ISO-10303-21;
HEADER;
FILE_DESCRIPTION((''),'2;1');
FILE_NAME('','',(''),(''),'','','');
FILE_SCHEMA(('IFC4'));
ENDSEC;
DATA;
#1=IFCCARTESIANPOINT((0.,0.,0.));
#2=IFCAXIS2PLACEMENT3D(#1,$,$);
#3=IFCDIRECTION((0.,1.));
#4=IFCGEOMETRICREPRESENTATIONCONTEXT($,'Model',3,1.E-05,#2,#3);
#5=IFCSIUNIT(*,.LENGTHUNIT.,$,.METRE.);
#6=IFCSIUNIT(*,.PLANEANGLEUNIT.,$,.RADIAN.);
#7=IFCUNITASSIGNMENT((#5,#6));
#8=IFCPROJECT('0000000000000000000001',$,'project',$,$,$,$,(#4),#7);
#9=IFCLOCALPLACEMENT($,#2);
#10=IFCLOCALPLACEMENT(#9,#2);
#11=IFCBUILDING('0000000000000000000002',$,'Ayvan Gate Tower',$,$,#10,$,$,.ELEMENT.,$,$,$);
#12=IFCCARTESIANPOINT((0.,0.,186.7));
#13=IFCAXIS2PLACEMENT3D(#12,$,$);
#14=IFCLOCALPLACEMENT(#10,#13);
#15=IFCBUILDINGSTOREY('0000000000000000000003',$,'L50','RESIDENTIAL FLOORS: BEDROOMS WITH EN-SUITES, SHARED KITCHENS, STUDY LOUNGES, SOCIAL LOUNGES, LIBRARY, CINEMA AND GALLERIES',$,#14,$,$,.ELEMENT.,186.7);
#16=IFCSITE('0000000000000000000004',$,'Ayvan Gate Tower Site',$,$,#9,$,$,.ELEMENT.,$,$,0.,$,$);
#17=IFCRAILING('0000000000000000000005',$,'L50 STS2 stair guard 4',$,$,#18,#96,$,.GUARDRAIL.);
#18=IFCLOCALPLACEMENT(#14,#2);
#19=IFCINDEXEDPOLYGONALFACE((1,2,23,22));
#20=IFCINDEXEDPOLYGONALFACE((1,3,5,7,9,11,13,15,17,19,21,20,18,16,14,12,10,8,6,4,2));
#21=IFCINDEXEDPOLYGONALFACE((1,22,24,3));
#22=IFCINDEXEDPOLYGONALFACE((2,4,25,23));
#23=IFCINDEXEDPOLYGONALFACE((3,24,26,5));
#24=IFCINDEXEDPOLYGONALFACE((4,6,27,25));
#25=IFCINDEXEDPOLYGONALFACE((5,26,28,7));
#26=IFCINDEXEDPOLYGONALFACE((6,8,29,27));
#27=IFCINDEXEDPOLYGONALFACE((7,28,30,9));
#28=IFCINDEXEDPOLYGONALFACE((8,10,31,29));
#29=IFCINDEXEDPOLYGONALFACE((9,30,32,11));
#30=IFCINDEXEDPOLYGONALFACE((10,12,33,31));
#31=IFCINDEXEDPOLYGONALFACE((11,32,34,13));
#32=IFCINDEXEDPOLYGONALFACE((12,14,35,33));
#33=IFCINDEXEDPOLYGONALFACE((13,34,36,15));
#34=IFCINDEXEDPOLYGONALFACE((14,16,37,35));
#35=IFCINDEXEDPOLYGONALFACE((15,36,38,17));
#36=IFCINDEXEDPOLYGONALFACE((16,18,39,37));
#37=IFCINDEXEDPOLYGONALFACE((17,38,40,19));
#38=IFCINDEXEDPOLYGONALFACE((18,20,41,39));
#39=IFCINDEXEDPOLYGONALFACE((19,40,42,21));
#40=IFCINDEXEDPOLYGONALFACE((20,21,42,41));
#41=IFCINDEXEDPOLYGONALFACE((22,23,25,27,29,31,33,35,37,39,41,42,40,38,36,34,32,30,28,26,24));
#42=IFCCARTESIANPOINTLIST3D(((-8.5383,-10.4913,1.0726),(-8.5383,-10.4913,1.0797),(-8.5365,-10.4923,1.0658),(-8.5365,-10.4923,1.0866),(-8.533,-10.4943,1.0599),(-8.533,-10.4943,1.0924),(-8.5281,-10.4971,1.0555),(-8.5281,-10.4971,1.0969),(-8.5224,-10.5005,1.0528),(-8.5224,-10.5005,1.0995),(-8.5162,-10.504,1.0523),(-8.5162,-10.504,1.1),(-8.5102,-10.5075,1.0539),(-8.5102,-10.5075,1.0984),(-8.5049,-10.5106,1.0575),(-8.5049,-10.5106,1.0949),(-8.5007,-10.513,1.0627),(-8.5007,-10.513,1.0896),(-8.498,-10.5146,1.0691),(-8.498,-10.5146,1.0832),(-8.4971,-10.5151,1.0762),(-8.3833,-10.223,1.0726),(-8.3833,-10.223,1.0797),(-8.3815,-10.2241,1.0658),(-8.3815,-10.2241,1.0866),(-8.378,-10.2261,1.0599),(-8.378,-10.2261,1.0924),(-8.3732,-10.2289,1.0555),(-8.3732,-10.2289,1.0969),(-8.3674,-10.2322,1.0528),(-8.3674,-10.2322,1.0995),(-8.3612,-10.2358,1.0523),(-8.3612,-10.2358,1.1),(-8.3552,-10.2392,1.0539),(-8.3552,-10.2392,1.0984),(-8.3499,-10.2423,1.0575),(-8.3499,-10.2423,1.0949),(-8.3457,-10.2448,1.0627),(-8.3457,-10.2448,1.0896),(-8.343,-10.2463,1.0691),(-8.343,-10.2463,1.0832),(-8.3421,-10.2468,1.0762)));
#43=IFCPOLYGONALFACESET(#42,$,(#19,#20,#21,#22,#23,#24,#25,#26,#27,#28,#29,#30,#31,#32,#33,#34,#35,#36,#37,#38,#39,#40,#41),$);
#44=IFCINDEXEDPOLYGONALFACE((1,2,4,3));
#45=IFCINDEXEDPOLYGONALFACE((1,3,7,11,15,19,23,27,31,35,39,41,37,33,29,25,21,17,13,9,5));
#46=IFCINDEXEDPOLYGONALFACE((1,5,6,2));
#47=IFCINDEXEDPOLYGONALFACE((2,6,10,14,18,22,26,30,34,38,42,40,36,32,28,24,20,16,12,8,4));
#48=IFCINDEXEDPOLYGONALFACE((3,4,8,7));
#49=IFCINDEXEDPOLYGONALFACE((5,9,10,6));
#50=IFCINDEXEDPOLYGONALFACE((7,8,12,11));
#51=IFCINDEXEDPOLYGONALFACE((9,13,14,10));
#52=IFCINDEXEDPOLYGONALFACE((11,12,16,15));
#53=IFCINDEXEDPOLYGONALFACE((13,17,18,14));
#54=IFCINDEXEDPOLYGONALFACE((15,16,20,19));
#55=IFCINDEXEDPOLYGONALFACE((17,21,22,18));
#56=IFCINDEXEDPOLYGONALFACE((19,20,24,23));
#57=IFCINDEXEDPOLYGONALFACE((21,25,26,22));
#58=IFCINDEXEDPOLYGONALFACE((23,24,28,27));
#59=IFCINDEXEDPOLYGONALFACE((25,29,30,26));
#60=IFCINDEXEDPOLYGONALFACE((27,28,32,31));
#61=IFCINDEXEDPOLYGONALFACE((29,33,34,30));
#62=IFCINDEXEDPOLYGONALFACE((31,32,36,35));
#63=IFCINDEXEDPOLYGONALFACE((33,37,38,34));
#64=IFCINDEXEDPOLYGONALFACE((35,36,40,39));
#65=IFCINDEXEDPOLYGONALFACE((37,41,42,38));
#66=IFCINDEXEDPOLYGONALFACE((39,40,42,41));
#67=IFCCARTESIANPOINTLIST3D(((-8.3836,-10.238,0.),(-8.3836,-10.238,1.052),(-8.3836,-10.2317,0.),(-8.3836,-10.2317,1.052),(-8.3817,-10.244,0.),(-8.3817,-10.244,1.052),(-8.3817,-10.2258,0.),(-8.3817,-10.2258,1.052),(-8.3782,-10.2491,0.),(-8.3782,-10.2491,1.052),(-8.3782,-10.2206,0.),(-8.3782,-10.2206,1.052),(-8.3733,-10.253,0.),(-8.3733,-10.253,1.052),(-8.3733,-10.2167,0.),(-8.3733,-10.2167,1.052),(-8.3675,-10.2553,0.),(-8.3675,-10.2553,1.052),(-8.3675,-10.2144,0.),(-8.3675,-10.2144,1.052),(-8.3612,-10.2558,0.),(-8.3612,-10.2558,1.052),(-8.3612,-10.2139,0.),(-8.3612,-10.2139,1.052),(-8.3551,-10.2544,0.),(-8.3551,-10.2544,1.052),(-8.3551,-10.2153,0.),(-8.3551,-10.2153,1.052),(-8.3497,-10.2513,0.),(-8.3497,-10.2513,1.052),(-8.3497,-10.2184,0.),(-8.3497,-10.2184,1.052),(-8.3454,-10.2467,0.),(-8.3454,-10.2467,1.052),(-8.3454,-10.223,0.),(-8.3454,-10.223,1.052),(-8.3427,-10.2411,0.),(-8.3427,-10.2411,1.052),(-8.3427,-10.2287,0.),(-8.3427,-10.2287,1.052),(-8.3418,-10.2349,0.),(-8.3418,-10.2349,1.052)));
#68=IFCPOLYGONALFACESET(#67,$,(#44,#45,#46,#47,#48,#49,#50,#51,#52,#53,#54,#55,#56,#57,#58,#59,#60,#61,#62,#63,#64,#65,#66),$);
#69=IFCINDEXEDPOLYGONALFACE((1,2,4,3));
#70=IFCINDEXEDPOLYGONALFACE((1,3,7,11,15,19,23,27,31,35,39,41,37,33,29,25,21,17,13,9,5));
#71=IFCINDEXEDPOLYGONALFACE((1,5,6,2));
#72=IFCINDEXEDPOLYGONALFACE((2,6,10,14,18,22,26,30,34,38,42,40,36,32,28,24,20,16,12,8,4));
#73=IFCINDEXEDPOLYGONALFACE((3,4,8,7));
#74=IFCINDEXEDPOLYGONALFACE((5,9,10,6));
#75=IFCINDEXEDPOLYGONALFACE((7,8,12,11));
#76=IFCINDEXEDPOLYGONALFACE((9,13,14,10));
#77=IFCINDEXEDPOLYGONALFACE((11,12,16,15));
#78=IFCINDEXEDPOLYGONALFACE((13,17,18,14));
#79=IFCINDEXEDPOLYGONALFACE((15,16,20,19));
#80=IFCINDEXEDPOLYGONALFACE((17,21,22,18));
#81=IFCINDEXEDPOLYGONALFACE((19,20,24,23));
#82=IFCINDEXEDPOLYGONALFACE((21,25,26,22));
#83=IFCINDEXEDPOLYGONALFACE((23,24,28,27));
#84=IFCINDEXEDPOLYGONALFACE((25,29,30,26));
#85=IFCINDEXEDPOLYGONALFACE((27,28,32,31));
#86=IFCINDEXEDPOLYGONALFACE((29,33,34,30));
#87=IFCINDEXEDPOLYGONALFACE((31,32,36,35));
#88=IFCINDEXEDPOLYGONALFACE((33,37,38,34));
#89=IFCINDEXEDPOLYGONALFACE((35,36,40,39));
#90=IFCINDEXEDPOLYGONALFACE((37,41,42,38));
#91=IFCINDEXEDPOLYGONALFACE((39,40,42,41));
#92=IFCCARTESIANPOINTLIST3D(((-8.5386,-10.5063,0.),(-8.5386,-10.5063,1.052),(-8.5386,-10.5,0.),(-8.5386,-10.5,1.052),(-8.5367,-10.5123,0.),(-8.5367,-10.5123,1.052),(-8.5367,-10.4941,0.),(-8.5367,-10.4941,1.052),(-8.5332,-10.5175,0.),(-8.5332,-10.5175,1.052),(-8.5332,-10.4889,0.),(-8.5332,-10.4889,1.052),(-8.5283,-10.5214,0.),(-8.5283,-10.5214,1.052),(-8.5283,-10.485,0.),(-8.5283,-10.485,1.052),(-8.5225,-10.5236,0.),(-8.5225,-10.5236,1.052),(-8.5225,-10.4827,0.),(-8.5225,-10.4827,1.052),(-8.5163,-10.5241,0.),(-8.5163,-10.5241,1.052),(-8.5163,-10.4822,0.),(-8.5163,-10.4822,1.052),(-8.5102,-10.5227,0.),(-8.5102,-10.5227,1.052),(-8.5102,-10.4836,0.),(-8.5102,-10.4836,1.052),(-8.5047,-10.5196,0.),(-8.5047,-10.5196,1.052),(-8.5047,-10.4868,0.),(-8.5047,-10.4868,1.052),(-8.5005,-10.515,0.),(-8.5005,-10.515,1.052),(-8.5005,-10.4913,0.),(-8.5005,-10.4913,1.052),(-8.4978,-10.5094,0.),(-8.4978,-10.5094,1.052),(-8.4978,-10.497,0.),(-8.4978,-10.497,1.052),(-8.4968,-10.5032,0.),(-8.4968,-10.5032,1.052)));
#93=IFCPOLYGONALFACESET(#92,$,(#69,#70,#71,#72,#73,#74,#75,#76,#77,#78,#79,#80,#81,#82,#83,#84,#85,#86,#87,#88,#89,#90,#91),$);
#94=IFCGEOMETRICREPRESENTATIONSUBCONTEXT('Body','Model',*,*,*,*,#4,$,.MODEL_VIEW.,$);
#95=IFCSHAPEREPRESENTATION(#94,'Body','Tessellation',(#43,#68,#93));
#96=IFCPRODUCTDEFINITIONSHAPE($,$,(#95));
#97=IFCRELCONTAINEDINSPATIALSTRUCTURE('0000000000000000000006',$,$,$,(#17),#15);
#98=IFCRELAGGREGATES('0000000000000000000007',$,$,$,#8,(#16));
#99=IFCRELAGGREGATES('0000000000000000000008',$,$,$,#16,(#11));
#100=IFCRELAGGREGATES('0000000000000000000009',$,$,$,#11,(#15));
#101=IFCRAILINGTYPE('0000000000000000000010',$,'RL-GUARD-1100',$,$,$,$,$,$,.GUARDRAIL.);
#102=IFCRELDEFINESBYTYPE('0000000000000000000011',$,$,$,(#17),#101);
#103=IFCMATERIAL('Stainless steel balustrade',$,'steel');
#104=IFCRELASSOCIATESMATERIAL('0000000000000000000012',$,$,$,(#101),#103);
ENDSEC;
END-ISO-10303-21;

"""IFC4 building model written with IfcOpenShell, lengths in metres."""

from ifc_helpers import new_model, si_unit, direction, frame, origin, origin_2d, place, context, subcontext, project, spatial, circle, extrude, material, type_object, element, save


model = new_model("IFC4")

# Units and contexts
model_context = context("Model", 3, precision=1e-05, world=origin(), true_north=direction((0.0, 1.0)))
body_context = subcontext(model_context, "Body", "Model", "MODEL_VIEW")
ifc_project = project(units=[si_unit("LENGTHUNIT", "METRE"), si_unit("PLANEANGLEUNIT", "RADIAN")], contexts=[model_context])

# Site, building, storey
site_placement = place(None, origin())
site = spatial("IfcSite", under=ifc_project, at=site_placement, Name="Ayvan Gate Tower Site", CompositionType="ELEMENT", RefElevation=0.0)
building_placement = place(site_placement, origin())
building = spatial("IfcBuilding", under=site, at=building_placement, Name="Ayvan Gate Tower", CompositionType="ELEMENT")
storey_placement = place(building_placement, frame((0.0, 0.0, 186.7)))
storey = spatial("IfcBuildingStorey", under=building, at=storey_placement, Name="L50", Description="RESIDENTIAL FLOORS: BEDROOMS WITH EN-SUITES, SHARED KITCHENS, STUDY LOUNGES, SOCIAL LOUNGES, LIBRARY, CINEMA AND GALLERIES", CompositionType="ELEMENT", Elevation=186.7)

# Railing
ifc_material_1 = material(Name="Stainless steel balustrade", Category="steel")
railing_type = type_object("IfcRailingType", Name="RL-GUARD-1100", PredefinedType="GUARDRAIL", material=ifc_material_1)
railing_1_placement = place(storey_placement, frame((-8.3628, -10.2349, 0.0)))
element("IfcRailing", 1, at=railing_1_placement, inside=storey, type_object=railing_type, Name="L50 STS2 stair guard 4", PredefinedType="GUARDRAIL", context=body_context, shape_type="SweptSolid", body=[
    extrude(circle(Radius=0.0239, at=origin_2d()), frame((0.0, 0.0, 1.0762), z_axis=(-0.500291, -0.865857, 0.0), x_axis=(0.865857, -0.500291, 0.0)), (0.0, 0.0, 1.0), 0.3098),
    extrude(circle(Radius=0.021, at=origin_2d()), origin(), (0.0, 0.0, 1.0), 1.052),
    extrude(circle(Radius=0.021, at=origin_2d()), frame((-0.155, -0.2683, 0.0)), (0.0, 0.0, 1.0), 1.052),
])

save(model, "model.ifc")
